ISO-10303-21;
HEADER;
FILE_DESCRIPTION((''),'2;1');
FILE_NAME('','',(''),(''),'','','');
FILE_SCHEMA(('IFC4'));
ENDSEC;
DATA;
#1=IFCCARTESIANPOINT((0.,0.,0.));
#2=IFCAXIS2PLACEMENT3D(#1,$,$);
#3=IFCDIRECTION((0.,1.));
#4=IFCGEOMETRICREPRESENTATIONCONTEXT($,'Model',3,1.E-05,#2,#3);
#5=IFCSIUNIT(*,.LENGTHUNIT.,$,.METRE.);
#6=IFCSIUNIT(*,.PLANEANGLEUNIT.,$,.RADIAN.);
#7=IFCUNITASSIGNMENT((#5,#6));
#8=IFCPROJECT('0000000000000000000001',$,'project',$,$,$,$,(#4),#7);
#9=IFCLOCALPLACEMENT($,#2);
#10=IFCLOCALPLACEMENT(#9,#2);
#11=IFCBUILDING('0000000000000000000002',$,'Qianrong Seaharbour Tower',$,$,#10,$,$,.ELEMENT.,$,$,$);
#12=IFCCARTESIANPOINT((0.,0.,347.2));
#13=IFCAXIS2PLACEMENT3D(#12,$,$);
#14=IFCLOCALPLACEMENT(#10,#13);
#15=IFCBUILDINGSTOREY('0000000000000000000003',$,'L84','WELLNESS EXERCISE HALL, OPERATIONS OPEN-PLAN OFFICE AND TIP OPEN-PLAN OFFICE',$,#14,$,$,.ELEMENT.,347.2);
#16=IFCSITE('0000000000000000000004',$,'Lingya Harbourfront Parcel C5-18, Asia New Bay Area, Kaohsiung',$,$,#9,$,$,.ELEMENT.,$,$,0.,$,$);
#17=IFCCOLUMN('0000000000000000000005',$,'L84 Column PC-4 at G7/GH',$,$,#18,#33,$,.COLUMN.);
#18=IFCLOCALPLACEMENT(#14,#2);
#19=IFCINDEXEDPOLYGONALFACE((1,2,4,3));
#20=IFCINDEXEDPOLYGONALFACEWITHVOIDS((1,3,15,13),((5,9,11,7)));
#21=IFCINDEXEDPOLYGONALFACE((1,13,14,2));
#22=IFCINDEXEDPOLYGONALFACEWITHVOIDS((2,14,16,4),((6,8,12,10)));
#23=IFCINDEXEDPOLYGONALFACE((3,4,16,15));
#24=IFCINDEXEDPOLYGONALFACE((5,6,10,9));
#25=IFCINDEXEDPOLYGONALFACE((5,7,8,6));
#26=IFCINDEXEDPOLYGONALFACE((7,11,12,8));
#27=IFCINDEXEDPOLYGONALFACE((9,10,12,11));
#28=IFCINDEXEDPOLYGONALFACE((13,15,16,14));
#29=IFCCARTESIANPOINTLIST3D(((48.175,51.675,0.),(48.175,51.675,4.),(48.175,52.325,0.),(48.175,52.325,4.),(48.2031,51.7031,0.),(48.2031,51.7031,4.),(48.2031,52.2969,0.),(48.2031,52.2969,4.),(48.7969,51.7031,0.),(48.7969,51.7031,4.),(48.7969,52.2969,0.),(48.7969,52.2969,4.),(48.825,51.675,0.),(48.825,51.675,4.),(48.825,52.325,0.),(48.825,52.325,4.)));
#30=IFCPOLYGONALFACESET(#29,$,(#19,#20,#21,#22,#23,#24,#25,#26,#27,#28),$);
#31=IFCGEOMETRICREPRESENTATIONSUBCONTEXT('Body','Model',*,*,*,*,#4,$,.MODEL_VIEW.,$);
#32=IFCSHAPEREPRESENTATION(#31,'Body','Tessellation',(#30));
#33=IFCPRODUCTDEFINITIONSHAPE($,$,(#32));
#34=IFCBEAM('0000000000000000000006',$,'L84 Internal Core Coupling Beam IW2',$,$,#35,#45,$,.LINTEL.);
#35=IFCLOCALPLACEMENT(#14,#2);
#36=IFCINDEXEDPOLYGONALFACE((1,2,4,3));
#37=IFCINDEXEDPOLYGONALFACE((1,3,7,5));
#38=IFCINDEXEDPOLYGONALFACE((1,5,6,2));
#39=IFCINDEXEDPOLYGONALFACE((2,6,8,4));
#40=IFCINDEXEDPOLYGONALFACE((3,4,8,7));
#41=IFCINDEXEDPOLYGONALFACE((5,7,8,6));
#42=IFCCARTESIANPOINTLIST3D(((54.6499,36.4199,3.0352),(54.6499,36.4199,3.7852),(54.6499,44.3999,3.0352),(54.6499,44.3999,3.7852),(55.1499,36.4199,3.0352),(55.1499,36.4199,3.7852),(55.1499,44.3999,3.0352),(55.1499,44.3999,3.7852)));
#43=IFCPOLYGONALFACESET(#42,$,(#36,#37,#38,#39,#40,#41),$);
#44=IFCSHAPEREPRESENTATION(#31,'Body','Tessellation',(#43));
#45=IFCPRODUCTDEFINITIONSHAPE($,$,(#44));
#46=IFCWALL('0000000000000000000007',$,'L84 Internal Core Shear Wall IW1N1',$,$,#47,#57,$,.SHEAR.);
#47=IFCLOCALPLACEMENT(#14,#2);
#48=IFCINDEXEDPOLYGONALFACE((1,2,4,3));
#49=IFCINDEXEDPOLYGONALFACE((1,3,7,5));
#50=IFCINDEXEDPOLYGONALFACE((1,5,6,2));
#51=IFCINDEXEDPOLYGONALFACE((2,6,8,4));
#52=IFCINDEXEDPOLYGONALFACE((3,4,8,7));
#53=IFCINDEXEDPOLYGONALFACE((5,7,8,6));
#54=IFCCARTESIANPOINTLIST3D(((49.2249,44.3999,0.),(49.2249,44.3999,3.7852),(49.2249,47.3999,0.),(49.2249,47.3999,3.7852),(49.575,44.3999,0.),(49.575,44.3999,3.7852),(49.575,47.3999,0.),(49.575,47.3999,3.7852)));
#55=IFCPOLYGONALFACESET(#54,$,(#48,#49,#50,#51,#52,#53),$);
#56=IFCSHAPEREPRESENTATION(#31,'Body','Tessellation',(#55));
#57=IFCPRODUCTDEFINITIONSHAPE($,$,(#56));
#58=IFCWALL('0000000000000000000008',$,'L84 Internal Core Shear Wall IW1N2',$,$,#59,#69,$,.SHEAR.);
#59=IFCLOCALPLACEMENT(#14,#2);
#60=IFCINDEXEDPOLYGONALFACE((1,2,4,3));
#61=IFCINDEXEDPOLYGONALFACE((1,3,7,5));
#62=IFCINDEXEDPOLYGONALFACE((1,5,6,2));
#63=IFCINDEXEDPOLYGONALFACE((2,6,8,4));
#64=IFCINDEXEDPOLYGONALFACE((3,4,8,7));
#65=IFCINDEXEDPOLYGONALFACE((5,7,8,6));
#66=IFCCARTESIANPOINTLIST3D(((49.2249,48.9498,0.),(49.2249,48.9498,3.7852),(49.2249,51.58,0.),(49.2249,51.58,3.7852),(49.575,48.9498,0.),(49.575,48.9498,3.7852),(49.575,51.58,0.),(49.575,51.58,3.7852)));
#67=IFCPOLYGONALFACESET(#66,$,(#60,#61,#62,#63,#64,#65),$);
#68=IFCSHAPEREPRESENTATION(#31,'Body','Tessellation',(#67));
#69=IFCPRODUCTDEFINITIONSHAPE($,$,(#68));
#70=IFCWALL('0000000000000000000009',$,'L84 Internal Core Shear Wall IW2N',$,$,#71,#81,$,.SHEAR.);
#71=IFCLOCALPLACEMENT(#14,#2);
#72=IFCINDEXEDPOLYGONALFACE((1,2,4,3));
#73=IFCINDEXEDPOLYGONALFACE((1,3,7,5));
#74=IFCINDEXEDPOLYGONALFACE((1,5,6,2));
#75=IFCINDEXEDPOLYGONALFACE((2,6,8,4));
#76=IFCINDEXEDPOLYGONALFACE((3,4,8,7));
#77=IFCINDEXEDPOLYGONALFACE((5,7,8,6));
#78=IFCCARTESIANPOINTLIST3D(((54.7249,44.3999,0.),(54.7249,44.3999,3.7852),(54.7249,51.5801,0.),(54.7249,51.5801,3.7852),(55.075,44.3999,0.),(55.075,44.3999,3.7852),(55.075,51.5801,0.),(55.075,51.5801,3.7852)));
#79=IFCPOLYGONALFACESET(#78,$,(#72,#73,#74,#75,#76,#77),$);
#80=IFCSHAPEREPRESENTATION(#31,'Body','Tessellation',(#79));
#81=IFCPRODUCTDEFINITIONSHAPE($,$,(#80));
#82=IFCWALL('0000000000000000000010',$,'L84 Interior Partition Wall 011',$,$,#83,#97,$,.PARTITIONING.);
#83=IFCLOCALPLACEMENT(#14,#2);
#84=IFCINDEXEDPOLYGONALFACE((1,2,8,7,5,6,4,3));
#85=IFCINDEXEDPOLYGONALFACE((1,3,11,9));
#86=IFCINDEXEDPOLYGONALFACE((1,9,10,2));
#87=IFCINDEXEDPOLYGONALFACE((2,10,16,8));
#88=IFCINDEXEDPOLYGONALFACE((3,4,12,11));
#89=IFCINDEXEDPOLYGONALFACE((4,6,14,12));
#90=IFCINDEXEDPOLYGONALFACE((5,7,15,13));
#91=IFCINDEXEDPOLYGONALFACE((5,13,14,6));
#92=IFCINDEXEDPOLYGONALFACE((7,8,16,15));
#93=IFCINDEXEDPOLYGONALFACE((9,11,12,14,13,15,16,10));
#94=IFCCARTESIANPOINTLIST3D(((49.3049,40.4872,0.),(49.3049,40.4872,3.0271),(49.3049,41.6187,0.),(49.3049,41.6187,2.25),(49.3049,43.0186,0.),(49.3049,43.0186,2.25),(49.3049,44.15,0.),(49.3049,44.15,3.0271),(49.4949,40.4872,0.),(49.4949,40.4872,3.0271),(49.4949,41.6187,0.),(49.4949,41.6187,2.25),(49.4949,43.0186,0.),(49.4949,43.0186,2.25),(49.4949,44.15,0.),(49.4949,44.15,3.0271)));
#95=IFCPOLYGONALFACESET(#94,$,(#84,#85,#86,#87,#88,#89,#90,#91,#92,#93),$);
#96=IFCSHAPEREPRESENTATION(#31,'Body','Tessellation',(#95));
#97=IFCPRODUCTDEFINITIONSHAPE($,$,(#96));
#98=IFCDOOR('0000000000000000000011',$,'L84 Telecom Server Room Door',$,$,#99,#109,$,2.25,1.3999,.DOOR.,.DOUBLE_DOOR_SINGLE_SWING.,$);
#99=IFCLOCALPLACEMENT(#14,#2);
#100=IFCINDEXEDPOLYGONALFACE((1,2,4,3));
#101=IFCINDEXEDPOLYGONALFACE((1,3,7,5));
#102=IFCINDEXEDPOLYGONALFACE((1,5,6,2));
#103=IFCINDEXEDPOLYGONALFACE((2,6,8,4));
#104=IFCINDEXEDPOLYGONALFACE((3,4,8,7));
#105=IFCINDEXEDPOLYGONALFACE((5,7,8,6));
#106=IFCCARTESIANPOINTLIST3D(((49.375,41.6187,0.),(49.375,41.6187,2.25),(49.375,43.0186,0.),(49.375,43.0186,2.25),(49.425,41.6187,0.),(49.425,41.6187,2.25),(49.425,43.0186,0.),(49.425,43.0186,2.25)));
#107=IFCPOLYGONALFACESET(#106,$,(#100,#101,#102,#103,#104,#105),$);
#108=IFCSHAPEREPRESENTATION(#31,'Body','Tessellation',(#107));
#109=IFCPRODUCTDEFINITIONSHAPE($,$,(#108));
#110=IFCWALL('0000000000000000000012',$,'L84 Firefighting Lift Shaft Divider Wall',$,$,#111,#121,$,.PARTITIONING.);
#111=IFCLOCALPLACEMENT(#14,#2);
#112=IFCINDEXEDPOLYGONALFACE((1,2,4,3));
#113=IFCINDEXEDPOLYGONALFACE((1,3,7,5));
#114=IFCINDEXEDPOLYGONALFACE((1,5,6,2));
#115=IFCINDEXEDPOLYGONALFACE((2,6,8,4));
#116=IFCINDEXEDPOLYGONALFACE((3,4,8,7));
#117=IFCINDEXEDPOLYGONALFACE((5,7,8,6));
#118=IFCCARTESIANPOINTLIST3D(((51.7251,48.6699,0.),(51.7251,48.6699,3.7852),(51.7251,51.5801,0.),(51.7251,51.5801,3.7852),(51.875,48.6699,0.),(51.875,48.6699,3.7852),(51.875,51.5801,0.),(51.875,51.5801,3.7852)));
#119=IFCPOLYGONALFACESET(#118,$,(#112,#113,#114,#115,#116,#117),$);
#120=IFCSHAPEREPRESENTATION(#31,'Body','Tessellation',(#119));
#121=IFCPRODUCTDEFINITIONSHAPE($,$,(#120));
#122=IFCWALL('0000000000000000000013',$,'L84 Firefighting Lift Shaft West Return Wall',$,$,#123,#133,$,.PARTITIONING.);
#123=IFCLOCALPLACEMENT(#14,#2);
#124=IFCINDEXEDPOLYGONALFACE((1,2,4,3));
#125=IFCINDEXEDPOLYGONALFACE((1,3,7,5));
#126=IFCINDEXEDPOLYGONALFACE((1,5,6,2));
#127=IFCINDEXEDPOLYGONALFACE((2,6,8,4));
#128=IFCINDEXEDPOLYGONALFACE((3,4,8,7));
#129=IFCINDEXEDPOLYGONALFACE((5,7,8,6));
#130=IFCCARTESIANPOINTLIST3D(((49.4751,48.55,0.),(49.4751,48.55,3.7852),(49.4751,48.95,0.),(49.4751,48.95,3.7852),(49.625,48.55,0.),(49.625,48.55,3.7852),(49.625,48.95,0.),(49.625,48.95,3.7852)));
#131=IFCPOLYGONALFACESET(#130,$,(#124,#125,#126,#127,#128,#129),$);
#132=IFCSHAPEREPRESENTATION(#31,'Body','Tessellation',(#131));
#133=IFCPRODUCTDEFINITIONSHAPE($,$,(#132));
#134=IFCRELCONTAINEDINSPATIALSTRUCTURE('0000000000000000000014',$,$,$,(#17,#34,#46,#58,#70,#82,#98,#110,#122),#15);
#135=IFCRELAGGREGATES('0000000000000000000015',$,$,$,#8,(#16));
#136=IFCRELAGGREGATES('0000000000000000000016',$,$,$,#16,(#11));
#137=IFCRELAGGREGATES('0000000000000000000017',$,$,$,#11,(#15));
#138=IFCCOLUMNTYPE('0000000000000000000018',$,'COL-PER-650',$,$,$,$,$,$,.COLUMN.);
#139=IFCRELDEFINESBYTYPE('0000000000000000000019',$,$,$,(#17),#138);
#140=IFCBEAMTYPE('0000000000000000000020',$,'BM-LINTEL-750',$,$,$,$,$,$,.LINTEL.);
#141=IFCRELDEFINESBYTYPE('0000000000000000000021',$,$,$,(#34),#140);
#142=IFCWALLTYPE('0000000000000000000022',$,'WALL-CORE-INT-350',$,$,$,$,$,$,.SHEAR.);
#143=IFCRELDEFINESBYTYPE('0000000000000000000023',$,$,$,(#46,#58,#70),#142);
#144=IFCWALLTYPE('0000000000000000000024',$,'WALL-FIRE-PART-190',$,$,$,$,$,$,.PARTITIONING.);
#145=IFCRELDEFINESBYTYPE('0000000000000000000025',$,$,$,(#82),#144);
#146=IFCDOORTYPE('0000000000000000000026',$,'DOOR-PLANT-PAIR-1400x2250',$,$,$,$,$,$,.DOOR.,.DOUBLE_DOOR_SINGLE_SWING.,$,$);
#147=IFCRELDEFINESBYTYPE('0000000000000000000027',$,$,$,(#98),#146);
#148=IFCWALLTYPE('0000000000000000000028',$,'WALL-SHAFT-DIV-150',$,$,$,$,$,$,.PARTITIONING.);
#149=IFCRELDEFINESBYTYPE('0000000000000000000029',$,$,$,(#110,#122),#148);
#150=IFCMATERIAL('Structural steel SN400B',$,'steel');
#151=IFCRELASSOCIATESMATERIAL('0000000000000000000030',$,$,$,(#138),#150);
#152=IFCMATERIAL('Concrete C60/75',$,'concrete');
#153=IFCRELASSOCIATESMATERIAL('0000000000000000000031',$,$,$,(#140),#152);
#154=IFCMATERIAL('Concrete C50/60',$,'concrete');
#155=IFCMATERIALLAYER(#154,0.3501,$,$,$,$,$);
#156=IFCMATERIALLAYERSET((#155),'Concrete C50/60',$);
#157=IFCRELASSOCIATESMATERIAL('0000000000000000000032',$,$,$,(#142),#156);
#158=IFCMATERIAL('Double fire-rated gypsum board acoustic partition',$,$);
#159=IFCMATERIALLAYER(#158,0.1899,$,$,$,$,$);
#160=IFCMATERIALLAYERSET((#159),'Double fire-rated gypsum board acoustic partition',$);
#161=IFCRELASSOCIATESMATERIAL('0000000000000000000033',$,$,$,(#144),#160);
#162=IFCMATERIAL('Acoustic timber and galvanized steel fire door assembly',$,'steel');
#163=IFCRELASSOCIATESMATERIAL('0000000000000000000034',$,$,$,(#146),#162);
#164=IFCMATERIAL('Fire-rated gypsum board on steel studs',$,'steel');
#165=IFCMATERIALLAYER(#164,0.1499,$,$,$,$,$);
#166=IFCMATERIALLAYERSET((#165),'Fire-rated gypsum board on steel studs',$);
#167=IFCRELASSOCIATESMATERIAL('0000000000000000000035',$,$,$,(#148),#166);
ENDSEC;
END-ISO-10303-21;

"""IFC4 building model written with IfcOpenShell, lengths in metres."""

from ifc_helpers import new_model, si_unit, direction, frame, frame_2d, origin, origin_2d, place, context, subcontext, project, spatial, rectangle, hollow_rectangle, extrude, material, layer, layer_set, material_profile, profile_set, type_object, element, fill, save


model = new_model("IFC4")

# Units and contexts
model_context = context("Model", 3, precision=1e-05, world=origin(), true_north=direction((0.0, 1.0)))
body_context = subcontext(model_context, "Body", "Model", "MODEL_VIEW")
ifc_project = project(units=[si_unit("LENGTHUNIT", "METRE"), si_unit("PLANEANGLEUNIT", "RADIAN")], contexts=[model_context])

# Site, building, storey
site_placement = place(None, origin())
site = spatial("IfcSite", under=ifc_project, at=site_placement, Name="Lingya Harbourfront Parcel C5-18, Asia New Bay Area, Kaohsiung", CompositionType="ELEMENT", RefElevation=0.0)
building_placement = place(site_placement, origin())
building = spatial("IfcBuilding", under=site, at=building_placement, Name="Qianrong Seaharbour Tower", CompositionType="ELEMENT")
storey_placement = place(building_placement, frame((0.0, 0.0, 347.2)))
storey = spatial("IfcBuildingStorey", under=building, at=storey_placement, Name="L84", Description="WELLNESS EXERCISE HALL, OPERATIONS OPEN-PLAN OFFICE AND TIP OPEN-PLAN OFFICE", CompositionType="ELEMENT", Elevation=347.2)

# Column
ifc_material_1 = material(Name="Structural steel SN400B", Category="steel")
ifc_material_profile_1 = material_profile(ifc_material_1, hollow_rectangle(XDim=0.6499, YDim=0.6499, WallThickness=0.0281, at=origin_2d()), Name="BOX650x650x28")
ifc_profile_set_1 = profile_set([ifc_material_profile_1], Name="Structural steel SN400B")
column_type = type_object("IfcColumnType", Name="COL-PER-650", PredefinedType="COLUMN", material=ifc_profile_set_1)
column_placement = place(storey_placement, frame((48.5, 52.0, 0.0), z_axis=(0.0, 0.0, 1.0), x_axis=(1.0, 0.0, 0.0)))
element("IfcColumn", 1, at=column_placement, inside=storey, type_object=column_type, Name="L84 Column PC-4 at G7/GH", PredefinedType="COLUMN", context=body_context, shape_type="SweptSolid", body=[
    extrude(hollow_rectangle(XDim=0.6499, YDim=0.6499, WallThickness=0.0281, at=origin_2d()), origin(), (0.0, 0.0, 1.0), 4.0),
])

# Beam
ifc_material_2 = material(Name="Concrete C60/75", Category="concrete")
ifc_material_profile_2 = material_profile(ifc_material_2, rectangle(XDim=0.5, YDim=0.75, at=origin_2d()), Name="RC500x750")
ifc_profile_set_2 = profile_set([ifc_material_profile_2], Name="Concrete C60/75")
beam_type = type_object("IfcBeamType", Name="BM-LINTEL-750", PredefinedType="LINTEL", material=ifc_profile_set_2)
beam_placement = place(storey_placement, frame((54.8999, 36.4199, 3.4102), z_axis=(0.0, 1.0, 0.0), x_axis=(-1.0, 0.0, 0.0)))
element("IfcBeam", 2, at=beam_placement, inside=storey, type_object=beam_type, Name="L84 Internal Core Coupling Beam IW2", PredefinedType="LINTEL", context=body_context, shape_type="SweptSolid", body=[
    extrude(rectangle(XDim=0.5, YDim=0.75, at=origin_2d()), origin(), (0.0, 0.0, 1.0), 7.98),
])

# Walls
ifc_material_3 = material(Name="Concrete C50/60", Category="concrete")
ifc_layer_1 = layer(ifc_material_3, 0.3501)
ifc_layer_set_1 = layer_set([ifc_layer_1], Name="Concrete C50/60")
wall_type_1 = type_object("IfcWallType", Name="WALL-CORE-INT-350", PredefinedType="SHEAR", material=ifc_layer_set_1)
wall_1_placement = place(storey_placement, frame((49.3999, 44.3999, 0.0), z_axis=(0.0, 0.0, 1.0), x_axis=(0.0, 1.0, 0.0)))
element("IfcWall", 3, at=wall_1_placement, inside=storey, type_object=wall_type_1, Name="L84 Internal Core Shear Wall IW1N1", PredefinedType="SHEAR", context=body_context, shape_type="SweptSolid", body=[
    extrude(rectangle(XDim=3.0, YDim=0.3501, at=frame_2d((1.5, 0.0))), origin(), (0.0, 0.0, 1.0), 3.7852),
])
wall_2_placement = place(storey_placement, frame((49.3999, 48.95, 0.0), z_axis=(0.0, 0.0, 1.0), x_axis=(0.0, 1.0, 0.0)))
element("IfcWall", 4, at=wall_2_placement, inside=storey, type_object=wall_type_1, Name="L84 Internal Core Shear Wall IW1N2", PredefinedType="SHEAR", context=body_context, shape_type="SweptSolid", body=[
    extrude(rectangle(XDim=2.6301, YDim=0.3501, at=frame_2d((1.3149, 0.0))), origin(), (0.0, 0.0, 1.0), 3.7852),
])
wall_3_placement = place(storey_placement, frame((54.8999, 44.3999, 0.0), z_axis=(0.0, 0.0, 1.0), x_axis=(0.0, 1.0, 0.0)))
element("IfcWall", 5, at=wall_3_placement, inside=storey, type_object=wall_type_1, Name="L84 Internal Core Shear Wall IW2N", PredefinedType="SHEAR", context=body_context, shape_type="SweptSolid", body=[
    extrude(rectangle(XDim=7.1802, YDim=0.3501, at=frame_2d((3.5901, 0.0))), origin(), (0.0, 0.0, 1.0), 3.7852),
])

# Wall, opening, door
ifc_material_4 = material(Name="Double fire-rated gypsum board acoustic partition")
ifc_layer_2 = layer(ifc_material_4, 0.1899)
ifc_layer_set_2 = layer_set([ifc_layer_2], Name="Double fire-rated gypsum board acoustic partition")
wall_type_2 = type_object("IfcWallType", Name="WALL-FIRE-PART-190", PredefinedType="PARTITIONING", material=ifc_layer_set_2)
ifc_material_5 = material(Name="Acoustic timber and galvanized steel fire door assembly", Category="steel")
wall_4_placement = place(storey_placement, frame((49.3999, 40.4871, 0.0), z_axis=(0.0, 0.0, 1.0), x_axis=(0.0, 1.0, 0.0)))
wall_4 = element("IfcWall", 6, at=wall_4_placement, inside=storey, type_object=wall_type_2, Name="L84 Interior Partition Wall 011", PredefinedType="PARTITIONING", context=body_context, shape_type="SweptSolid", body=[
    extrude(rectangle(XDim=3.6628, YDim=0.1899, at=frame_2d((1.8315, 0.0))), origin(), (0.0, 0.0, 1.0), 3.0271),
])
opening_1_placement = place(wall_4_placement, frame((1.1316, 0.0, 0.0)))
opening_1 = element("IfcOpeningElement", 7, at=opening_1_placement, cuts=wall_4, PredefinedType="OPENING", context=body_context, shape_type="SweptSolid", body=[
    extrude(rectangle(XDim=1.3999, YDim=2.25, at=frame_2d((0.7, 1.125))), frame((0.0, 0.105, 0.0), z_axis=(0.0, -1.0, 0.0), x_axis=(1.0, 0.0, 0.0)), (0.0, 0.0, 1.0), 0.21),
])
door_type_1 = type_object("IfcDoorType", Name="DOOR-PLANT-PAIR-1400x2250", OperationType="DOUBLE_DOOR_SINGLE_SWING", PredefinedType="DOOR", material=ifc_material_5)
door_1_placement = place(opening_1_placement, origin())
door_1 = element("IfcDoor", 8, at=door_1_placement, inside=storey, type_object=door_type_1, Name="L84 Telecom Server Room Door", OperationType="DOUBLE_DOOR_SINGLE_SWING", OverallHeight=2.25, OverallWidth=1.3999, PredefinedType="DOOR", context=body_context, shape_type="SweptSolid", body=[
    extrude(rectangle(XDim=1.3999, YDim=2.25, at=frame_2d((0.7, 1.125))), frame((0.0, 0.0249, 0.0), z_axis=(0.0, -1.0, 0.0), x_axis=(1.0, 0.0, 0.0)), (0.0, 0.0, 1.0), 0.05),
])
fill(opening_1, door_1)

# Walls
ifc_material_6 = material(Name="Fire-rated gypsum board on steel studs", Category="steel")
ifc_layer_3 = layer(ifc_material_6, 0.1499)
ifc_layer_set_3 = layer_set([ifc_layer_3], Name="Fire-rated gypsum board on steel studs")
wall_type_3 = type_object("IfcWallType", Name="WALL-SHAFT-DIV-150", PredefinedType="PARTITIONING", material=ifc_layer_set_3)
wall_5_placement = place(storey_placement, frame((51.8, 48.6699, 0.0), z_axis=(0.0, 0.0, 1.0), x_axis=(0.0, 1.0, 0.0)))
element("IfcWall", 9, at=wall_5_placement, inside=storey, type_object=wall_type_3, Name="L84 Firefighting Lift Shaft Divider Wall", PredefinedType="PARTITIONING", context=body_context, shape_type="SweptSolid", body=[
    extrude(rectangle(XDim=2.9102, YDim=0.1499, at=frame_2d((1.4551, 0.0))), origin(), (0.0, 0.0, 1.0), 3.7852),
])
wall_6_placement = place(storey_placement, frame((49.55, 48.55, 0.0), z_axis=(0.0, 0.0, 1.0), x_axis=(0.0, 1.0, 0.0)))
element("IfcWall", 10, at=wall_6_placement, inside=storey, type_object=wall_type_3, Name="L84 Firefighting Lift Shaft West Return Wall", PredefinedType="PARTITIONING", context=body_context, shape_type="SweptSolid", body=[
    extrude(rectangle(XDim=0.3999, YDim=0.1499, at=frame_2d((0.2, 0.0))), origin(), (0.0, 0.0, 1.0), 3.7852),
])

save(model, "model.ifc")
